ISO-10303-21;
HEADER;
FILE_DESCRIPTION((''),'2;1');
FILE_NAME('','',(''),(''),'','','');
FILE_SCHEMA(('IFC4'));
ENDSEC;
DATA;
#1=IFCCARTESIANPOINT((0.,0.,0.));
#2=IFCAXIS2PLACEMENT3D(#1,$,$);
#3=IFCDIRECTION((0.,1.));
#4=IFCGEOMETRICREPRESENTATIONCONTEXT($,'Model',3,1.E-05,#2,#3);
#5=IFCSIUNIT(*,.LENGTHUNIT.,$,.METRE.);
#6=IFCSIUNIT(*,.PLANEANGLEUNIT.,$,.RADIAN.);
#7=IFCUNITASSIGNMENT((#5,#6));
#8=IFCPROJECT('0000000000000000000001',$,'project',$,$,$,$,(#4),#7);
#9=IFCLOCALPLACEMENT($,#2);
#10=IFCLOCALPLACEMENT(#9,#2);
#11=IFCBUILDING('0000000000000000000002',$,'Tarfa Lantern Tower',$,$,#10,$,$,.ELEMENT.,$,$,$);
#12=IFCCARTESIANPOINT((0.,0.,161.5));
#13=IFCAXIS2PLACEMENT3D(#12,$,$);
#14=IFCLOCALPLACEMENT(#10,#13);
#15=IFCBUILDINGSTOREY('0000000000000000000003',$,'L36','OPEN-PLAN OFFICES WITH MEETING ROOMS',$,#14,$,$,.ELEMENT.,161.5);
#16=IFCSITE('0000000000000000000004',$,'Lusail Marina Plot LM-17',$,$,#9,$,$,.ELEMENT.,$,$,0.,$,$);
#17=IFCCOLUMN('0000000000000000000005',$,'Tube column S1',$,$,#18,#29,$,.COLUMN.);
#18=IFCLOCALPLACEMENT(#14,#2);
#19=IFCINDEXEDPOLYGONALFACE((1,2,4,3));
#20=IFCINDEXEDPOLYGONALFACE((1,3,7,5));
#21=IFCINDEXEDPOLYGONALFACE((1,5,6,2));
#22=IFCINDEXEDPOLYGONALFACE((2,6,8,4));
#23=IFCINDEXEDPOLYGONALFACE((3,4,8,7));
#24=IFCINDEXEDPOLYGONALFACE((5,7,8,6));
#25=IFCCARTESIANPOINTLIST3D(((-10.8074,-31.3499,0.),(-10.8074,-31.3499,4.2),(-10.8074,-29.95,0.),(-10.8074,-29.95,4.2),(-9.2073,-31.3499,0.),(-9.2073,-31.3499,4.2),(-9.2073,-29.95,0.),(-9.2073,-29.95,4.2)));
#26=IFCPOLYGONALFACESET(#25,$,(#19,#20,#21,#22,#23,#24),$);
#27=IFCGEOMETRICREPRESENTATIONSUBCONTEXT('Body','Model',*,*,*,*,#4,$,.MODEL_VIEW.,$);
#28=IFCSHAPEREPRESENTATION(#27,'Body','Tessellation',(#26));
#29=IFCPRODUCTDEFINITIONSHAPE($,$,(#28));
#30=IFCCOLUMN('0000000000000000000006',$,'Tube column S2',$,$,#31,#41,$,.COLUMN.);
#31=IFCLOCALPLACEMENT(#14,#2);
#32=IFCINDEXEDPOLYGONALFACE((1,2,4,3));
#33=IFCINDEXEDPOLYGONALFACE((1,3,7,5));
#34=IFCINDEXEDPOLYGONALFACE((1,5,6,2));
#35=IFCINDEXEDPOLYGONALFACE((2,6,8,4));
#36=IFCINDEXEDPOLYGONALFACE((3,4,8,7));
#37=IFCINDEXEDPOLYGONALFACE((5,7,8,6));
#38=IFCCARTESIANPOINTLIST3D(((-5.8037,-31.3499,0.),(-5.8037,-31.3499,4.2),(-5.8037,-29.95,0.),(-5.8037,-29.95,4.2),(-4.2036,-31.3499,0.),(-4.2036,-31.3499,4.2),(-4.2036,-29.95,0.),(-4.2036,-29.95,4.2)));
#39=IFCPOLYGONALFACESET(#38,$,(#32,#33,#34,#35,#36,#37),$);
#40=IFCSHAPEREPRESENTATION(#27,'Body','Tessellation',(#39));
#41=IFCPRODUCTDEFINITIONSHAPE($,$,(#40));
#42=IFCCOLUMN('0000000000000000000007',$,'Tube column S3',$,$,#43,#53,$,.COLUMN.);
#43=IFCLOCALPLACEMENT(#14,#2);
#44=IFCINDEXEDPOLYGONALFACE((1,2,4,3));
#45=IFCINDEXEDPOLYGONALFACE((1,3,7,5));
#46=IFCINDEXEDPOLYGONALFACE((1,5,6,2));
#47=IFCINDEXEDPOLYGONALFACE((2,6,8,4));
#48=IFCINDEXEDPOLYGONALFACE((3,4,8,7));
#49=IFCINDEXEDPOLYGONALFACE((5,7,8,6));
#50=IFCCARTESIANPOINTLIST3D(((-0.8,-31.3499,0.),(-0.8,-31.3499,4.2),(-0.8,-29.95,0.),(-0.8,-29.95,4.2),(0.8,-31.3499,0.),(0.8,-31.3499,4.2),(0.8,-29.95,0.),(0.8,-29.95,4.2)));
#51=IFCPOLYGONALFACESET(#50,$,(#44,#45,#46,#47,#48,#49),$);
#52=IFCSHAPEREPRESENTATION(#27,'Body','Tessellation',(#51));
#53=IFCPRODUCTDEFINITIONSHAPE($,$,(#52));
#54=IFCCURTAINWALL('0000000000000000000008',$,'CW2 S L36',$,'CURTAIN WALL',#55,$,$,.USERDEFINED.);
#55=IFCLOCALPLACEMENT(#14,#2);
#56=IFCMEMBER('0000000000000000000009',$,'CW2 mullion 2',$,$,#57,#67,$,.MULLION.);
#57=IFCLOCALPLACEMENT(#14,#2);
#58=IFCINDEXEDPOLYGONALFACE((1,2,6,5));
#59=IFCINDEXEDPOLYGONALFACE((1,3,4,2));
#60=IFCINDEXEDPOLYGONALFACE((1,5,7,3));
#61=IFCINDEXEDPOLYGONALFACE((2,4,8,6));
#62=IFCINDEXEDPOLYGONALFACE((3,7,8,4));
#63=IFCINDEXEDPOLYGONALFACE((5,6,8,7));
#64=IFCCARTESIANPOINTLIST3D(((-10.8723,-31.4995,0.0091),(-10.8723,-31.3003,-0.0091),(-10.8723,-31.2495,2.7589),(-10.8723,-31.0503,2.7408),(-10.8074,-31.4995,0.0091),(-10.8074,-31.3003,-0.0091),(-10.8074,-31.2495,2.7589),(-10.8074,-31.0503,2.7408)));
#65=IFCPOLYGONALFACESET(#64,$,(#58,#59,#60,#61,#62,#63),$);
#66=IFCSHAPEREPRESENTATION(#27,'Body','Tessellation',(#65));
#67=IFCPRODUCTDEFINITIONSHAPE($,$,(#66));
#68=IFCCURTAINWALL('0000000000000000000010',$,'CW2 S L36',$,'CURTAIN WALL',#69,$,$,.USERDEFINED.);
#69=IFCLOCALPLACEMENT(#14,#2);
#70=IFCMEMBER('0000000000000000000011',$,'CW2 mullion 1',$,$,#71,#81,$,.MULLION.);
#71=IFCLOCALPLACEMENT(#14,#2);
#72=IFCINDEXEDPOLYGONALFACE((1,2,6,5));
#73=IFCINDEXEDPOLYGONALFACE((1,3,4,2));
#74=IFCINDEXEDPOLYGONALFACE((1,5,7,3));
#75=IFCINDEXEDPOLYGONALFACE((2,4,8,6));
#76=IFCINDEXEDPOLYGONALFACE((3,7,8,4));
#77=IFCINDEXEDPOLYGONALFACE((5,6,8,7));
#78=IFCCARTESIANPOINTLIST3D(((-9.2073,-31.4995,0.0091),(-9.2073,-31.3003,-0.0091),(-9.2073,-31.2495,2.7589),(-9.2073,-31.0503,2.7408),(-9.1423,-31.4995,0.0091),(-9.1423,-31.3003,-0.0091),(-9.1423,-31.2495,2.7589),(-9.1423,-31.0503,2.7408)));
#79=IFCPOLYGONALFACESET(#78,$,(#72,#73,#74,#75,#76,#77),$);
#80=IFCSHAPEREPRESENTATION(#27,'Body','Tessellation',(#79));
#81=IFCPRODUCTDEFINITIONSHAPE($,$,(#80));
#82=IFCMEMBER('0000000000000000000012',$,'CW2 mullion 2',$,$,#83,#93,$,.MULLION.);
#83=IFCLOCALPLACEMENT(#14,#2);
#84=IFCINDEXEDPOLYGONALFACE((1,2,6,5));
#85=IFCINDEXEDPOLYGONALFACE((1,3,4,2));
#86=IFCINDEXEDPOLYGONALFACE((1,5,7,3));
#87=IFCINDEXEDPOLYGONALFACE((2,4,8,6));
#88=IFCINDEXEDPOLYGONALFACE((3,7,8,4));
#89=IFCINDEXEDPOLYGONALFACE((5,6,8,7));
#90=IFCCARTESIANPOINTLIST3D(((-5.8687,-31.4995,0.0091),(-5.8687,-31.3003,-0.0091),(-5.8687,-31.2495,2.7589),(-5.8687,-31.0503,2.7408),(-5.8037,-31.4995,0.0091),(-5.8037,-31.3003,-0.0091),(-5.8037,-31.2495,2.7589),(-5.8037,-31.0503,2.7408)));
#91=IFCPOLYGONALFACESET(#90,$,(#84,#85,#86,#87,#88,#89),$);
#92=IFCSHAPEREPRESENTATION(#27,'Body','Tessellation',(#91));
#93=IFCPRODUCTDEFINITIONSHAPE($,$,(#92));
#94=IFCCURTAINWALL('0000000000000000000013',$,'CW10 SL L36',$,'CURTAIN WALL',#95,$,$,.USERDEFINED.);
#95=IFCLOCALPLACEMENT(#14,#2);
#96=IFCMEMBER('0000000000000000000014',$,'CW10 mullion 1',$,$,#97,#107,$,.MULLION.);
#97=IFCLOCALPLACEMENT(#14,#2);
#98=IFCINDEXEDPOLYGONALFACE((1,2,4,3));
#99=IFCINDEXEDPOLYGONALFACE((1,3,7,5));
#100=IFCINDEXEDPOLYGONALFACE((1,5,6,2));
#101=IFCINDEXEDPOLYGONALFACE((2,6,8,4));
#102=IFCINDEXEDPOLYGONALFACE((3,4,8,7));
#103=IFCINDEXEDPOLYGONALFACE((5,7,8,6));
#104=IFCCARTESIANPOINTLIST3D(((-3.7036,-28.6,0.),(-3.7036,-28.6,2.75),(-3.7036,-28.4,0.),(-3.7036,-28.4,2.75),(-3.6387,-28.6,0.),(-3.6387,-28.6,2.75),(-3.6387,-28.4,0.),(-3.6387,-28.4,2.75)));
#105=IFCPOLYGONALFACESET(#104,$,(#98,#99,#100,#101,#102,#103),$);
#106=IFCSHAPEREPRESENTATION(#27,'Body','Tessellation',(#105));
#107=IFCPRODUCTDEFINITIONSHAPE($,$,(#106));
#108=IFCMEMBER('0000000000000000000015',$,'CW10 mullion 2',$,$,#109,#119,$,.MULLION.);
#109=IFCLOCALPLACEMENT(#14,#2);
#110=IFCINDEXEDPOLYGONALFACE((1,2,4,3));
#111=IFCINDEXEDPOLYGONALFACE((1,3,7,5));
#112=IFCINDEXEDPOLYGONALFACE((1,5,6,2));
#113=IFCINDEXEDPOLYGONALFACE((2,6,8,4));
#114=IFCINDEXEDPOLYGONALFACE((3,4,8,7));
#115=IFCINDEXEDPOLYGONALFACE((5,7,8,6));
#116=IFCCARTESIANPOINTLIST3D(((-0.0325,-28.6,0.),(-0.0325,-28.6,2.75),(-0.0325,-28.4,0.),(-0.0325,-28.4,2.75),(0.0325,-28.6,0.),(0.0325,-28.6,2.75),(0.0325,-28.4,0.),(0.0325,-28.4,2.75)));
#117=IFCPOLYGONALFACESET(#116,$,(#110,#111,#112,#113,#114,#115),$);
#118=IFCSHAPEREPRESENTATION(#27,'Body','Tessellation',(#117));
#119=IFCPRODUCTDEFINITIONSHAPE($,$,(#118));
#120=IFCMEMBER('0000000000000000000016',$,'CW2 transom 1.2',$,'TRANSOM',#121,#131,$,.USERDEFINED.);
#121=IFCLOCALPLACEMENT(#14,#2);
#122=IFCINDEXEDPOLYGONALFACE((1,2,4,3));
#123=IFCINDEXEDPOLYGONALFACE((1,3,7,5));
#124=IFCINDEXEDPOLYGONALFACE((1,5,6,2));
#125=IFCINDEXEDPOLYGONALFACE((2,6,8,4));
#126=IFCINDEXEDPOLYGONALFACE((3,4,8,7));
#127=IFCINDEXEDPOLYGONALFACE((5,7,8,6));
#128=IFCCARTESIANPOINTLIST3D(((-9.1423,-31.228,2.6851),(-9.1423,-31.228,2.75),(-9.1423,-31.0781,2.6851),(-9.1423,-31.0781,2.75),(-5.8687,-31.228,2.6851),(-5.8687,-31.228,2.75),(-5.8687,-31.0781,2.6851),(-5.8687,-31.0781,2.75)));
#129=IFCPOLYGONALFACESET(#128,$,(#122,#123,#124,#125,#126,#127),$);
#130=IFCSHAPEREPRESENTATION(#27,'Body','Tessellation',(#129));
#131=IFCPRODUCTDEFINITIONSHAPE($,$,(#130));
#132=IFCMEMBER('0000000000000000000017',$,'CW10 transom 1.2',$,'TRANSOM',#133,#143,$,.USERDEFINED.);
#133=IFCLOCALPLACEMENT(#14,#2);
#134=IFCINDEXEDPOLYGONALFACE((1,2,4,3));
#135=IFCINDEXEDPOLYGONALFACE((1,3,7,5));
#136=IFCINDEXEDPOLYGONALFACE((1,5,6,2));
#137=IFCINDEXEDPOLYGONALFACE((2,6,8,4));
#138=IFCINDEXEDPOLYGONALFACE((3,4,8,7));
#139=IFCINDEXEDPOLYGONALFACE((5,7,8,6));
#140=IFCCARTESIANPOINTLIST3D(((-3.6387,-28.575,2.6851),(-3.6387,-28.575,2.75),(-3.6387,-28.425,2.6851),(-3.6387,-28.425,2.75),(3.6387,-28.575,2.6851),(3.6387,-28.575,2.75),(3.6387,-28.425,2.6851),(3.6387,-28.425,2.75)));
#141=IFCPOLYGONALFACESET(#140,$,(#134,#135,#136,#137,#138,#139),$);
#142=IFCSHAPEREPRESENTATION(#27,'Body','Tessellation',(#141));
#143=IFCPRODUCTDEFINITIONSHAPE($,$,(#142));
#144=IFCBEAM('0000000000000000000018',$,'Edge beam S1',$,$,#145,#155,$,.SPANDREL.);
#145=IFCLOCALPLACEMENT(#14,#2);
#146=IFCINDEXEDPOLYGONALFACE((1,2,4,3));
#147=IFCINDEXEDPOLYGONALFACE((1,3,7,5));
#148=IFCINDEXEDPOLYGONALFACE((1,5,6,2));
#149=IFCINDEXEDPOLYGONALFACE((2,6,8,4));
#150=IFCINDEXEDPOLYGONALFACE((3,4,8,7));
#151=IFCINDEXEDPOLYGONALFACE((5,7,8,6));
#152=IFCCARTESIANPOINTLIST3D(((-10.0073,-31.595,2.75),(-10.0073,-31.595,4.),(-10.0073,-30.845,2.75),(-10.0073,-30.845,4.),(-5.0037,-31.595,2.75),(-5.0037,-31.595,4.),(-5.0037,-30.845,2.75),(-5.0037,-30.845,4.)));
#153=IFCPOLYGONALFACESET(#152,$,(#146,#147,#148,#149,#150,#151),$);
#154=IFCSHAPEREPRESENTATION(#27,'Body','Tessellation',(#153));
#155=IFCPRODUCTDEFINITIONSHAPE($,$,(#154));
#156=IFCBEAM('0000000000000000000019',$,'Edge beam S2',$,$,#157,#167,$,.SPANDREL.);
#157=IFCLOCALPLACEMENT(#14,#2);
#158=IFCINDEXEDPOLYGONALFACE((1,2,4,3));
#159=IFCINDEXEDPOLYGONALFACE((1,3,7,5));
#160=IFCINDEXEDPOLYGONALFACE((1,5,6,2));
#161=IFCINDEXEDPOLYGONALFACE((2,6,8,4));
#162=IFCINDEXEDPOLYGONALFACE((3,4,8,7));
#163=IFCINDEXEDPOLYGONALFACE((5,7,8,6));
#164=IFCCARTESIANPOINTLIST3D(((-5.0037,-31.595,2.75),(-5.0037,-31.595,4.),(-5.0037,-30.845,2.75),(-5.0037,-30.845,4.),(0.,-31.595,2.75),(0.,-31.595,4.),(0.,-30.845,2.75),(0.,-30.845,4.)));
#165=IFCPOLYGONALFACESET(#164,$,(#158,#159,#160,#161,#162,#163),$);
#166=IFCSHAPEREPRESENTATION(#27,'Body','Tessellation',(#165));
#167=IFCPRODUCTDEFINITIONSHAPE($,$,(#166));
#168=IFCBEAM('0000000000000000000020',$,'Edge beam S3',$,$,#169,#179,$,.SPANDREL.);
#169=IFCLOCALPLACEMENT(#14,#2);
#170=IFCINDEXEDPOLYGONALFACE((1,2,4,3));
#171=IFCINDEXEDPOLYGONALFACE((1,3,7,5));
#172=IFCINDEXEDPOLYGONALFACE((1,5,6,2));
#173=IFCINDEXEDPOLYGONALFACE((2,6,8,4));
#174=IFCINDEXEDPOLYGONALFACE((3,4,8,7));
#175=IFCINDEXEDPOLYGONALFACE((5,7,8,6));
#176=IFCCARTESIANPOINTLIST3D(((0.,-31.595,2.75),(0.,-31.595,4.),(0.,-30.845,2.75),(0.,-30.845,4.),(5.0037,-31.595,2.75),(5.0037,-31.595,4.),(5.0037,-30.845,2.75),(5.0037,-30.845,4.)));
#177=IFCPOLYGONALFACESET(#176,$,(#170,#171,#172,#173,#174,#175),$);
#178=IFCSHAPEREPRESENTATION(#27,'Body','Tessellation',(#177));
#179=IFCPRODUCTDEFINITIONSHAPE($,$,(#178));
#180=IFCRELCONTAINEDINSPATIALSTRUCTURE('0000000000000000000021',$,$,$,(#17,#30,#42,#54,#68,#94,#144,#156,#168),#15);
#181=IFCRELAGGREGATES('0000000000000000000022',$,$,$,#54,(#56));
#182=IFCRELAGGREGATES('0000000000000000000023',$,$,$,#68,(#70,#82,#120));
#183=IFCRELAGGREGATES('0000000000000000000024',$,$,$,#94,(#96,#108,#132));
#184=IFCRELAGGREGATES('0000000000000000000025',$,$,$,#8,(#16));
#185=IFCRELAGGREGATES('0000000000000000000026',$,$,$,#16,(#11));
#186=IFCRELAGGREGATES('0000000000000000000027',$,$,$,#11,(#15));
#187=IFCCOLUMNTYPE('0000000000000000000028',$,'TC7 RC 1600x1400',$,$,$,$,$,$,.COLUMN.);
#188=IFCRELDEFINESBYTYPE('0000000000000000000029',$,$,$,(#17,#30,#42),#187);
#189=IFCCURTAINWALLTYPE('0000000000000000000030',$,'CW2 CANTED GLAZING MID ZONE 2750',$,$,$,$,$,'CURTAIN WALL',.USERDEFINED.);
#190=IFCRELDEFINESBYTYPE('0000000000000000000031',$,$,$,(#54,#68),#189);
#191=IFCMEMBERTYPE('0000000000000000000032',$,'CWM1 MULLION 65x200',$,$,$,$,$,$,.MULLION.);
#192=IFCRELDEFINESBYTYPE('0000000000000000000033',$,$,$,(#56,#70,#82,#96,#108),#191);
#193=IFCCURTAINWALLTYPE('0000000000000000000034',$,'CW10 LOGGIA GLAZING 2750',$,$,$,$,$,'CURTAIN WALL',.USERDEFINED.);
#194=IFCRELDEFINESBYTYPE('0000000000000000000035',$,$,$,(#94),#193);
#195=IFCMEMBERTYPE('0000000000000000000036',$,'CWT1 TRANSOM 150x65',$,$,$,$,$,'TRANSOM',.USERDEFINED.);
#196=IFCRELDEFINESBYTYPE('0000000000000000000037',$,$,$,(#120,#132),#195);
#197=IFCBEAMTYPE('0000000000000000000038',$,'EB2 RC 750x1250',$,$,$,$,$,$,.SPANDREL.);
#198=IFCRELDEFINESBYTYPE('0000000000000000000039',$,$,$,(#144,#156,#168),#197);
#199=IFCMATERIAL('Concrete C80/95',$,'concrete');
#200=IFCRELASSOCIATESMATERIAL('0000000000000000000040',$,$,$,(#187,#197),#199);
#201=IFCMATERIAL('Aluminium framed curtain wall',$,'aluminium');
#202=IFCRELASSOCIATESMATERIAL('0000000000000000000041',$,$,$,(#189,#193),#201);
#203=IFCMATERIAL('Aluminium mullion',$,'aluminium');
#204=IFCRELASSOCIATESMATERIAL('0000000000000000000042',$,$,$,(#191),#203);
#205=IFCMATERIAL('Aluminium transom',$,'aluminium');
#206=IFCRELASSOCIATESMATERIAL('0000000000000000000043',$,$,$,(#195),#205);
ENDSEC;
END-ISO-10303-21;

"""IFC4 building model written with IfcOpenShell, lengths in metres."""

from ifc_helpers import new_model, si_unit, direction, frame, origin, origin_2d, place, context, subcontext, project, spatial, rectangle, extrude, material, material_profile, profile_set, type_object, element, aggregate, save


model = new_model("IFC4")

# Units and contexts
model_context = context("Model", 3, precision=1e-05, world=origin(), true_north=direction((0.0, 1.0)))
body_context = subcontext(model_context, "Body", "Model", "MODEL_VIEW")
ifc_project = project(units=[si_unit("LENGTHUNIT", "METRE"), si_unit("PLANEANGLEUNIT", "RADIAN")], contexts=[model_context])

# Site, building, storey
site_placement = place(None, origin())
site = spatial("IfcSite", under=ifc_project, at=site_placement, Name="Lusail Marina Plot LM-17", CompositionType="ELEMENT", RefElevation=0.0)
building_placement = place(site_placement, origin())
building = spatial("IfcBuilding", under=site, at=building_placement, Name="Tarfa Lantern Tower", CompositionType="ELEMENT")
storey_placement = place(building_placement, frame((0.0, 0.0, 161.5)))
storey = spatial("IfcBuildingStorey", under=building, at=storey_placement, Name="L36", Description="OPEN-PLAN OFFICES WITH MEETING ROOMS", CompositionType="ELEMENT", Elevation=161.5)

# Columns
ifc_material_1 = material(Name="Concrete C80/95", Category="concrete")
ifc_material_profile_1 = material_profile(ifc_material_1, rectangle(XDim=1.6001, YDim=1.3999, at=origin_2d()), Name="RC 1600x1400")
ifc_profile_set_1 = profile_set([ifc_material_profile_1], Name="Concrete C80/95")
column_type = type_object("IfcColumnType", Name="TC7 RC 1600x1400", PredefinedType="COLUMN", material=ifc_profile_set_1)
for number, where, z_axis, x_axis, name in (
    (1, (-10.0073, -30.6499, 0.0), (0.0, 0.0, 1.0), (1.0, 0.0, 0.0), "Tube column S1"),
    (2, (-5.0037, -30.6499, 0.0), (0.0, 0.0, 1.0), (1.0, 0.0, 0.0), "Tube column S2"),
    (3, (0.0, -30.6499, 0.0), (0.0, 0.0, 1.0), (1.0, 0.0, 0.0), "Tube column S3"),
):
    element("IfcColumn", number, at=place(storey_placement, frame(where, z_axis=z_axis, x_axis=x_axis)), inside=storey, type_object=column_type, Name=name, PredefinedType="COLUMN", context=body_context, shape_type="SweptSolid", body=[
        extrude(rectangle(XDim=1.6001, YDim=1.3999, at=origin_2d()), origin(), (0.0, 0.0, 1.0), 4.2),
    ])

# Curtain wall, member
ifc_material_2 = material(Name="Aluminium framed curtain wall", Category="aluminium")
curtain_wall_type_1 = type_object("IfcCurtainWallType", Name="CW2 CANTED GLAZING MID ZONE 2750", ElementType="CURTAIN WALL", PredefinedType="USERDEFINED", material=ifc_material_2)
curtain_wall_1_placement = place(storey_placement, origin())
curtain_wall_1 = element("IfcCurtainWall", 4, at=curtain_wall_1_placement, inside=storey, type_object=curtain_wall_type_1, Name="CW2 S L36", ObjectType="CURTAIN WALL", PredefinedType="USERDEFINED")
ifc_material_3 = material(Name="Aluminium mullion", Category="aluminium")
ifc_material_profile_2 = material_profile(ifc_material_3, rectangle(XDim=0.0649, YDim=0.2, at=origin_2d()), Name="AL MULLION 65x200")
ifc_profile_set_2 = profile_set([ifc_material_profile_2], Name="Aluminium mullion")
member_type_1 = type_object("IfcMemberType", Name="CWM1 MULLION 65x200", PredefinedType="MULLION", material=ifc_profile_set_2)
member_1_placement = place(storey_placement, frame((-10.8398, -31.3999, 0.0), z_axis=(0.0, 0.090536, 0.995893), x_axis=(-1.0, 0.0, 0.0)))
member_1 = element("IfcMember", 5, at=member_1_placement, type_object=member_type_1, Name="CW2 mullion 2", PredefinedType="MULLION", context=body_context, shape_type="SweptSolid", body=[
    extrude(rectangle(XDim=0.0649, YDim=0.2, at=origin_2d()), origin(), (0.0, 0.0, 1.0), 2.7612),
])
aggregate(curtain_wall_1, [member_1])

# Curtain walls, members
curtain_wall_2_placement = place(storey_placement, origin())
curtain_wall_2 = element("IfcCurtainWall", 6, at=curtain_wall_2_placement, inside=storey, type_object=curtain_wall_type_1, Name="CW2 S L36", ObjectType="CURTAIN WALL", PredefinedType="USERDEFINED")
member_2_placement = place(storey_placement, frame((-9.1748, -31.3999, 0.0), z_axis=(0.0, 0.090536, 0.995893), x_axis=(-1.0, 0.0, 0.0)))
member_2 = element("IfcMember", 7, at=member_2_placement, type_object=member_type_1, Name="CW2 mullion 1", PredefinedType="MULLION", context=body_context, shape_type="SweptSolid", body=[
    extrude(rectangle(XDim=0.0649, YDim=0.2, at=origin_2d()), origin(), (0.0, 0.0, 1.0), 2.7612),
])
member_3_placement = place(storey_placement, frame((-5.8362, -31.3999, 0.0), z_axis=(0.0, 0.090536, 0.995893), x_axis=(-1.0, 0.0, 0.0)))
member_3 = element("IfcMember", 8, at=member_3_placement, type_object=member_type_1, Name="CW2 mullion 2", PredefinedType="MULLION", context=body_context, shape_type="SweptSolid", body=[
    extrude(rectangle(XDim=0.0649, YDim=0.2, at=origin_2d()), origin(), (0.0, 0.0, 1.0), 2.7612),
])
curtain_wall_type_2 = type_object("IfcCurtainWallType", Name="CW10 LOGGIA GLAZING 2750", ElementType="CURTAIN WALL", PredefinedType="USERDEFINED", material=ifc_material_2)
curtain_wall_3_placement = place(storey_placement, origin())
curtain_wall_3 = element("IfcCurtainWall", 9, at=curtain_wall_3_placement, inside=storey, type_object=curtain_wall_type_2, Name="CW10 SL L36", ObjectType="CURTAIN WALL", PredefinedType="USERDEFINED")
member_4_placement = place(storey_placement, frame((-3.6711, -28.5, 0.0), z_axis=(0.0, 0.0, 1.0), x_axis=(1.0, 0.0, 0.0)))
member_4 = element("IfcMember", 10, at=member_4_placement, type_object=member_type_1, Name="CW10 mullion 1", PredefinedType="MULLION", context=body_context, shape_type="SweptSolid", body=[
    extrude(rectangle(XDim=0.0649, YDim=0.2, at=origin_2d()), origin(), (0.0, 0.0, 1.0), 2.75),
])
member_5_placement = place(storey_placement, frame((0.0, -28.5, 0.0), z_axis=(0.0, 0.0, 1.0), x_axis=(1.0, 0.0, 0.0)))
member_5 = element("IfcMember", 11, at=member_5_placement, type_object=member_type_1, Name="CW10 mullion 2", PredefinedType="MULLION", context=body_context, shape_type="SweptSolid", body=[
    extrude(rectangle(XDim=0.0649, YDim=0.2, at=origin_2d()), origin(), (0.0, 0.0, 1.0), 2.75),
])

# Members
ifc_material_4 = material(Name="Aluminium transom", Category="aluminium")
ifc_material_profile_3 = material_profile(ifc_material_4, rectangle(XDim=0.1499, YDim=0.0649, at=origin_2d()), Name="AL TRANSOM 150x65")
ifc_profile_set_3 = profile_set([ifc_material_profile_3], Name="Aluminium transom")
member_type_2 = type_object("IfcMemberType", Name="CWT1 TRANSOM 150x65", ElementType="TRANSOM", PredefinedType="USERDEFINED", material=ifc_profile_set_3)
member_6_placement = place(storey_placement, frame((-9.1423, -31.1531, 2.7175), z_axis=(1.0, 0.0, 0.0), x_axis=(0.0, 1.0, 0.0)))
member_6 = element("IfcMember", 12, at=member_6_placement, type_object=member_type_2, Name="CW2 transom 1.2", ObjectType="TRANSOM", PredefinedType="USERDEFINED", context=body_context, shape_type="SweptSolid", body=[
    extrude(rectangle(XDim=0.1499, YDim=0.0649, at=origin_2d()), origin(), (0.0, 0.0, 1.0), 3.2737),
])
member_7_placement = place(storey_placement, frame((-3.6387, -28.5, 2.7175), z_axis=(1.0, 0.0, 0.0), x_axis=(0.0, 1.0, 0.0)))
member_7 = element("IfcMember", 13, at=member_7_placement, type_object=member_type_2, Name="CW10 transom 1.2", ObjectType="TRANSOM", PredefinedType="USERDEFINED", context=body_context, shape_type="SweptSolid", body=[
    extrude(rectangle(XDim=0.1499, YDim=0.0649, at=origin_2d()), origin(), (0.0, 0.0, 1.0), 7.2773),
])

# Beams
ifc_material_profile_4 = material_profile(ifc_material_1, rectangle(XDim=0.75, YDim=1.25, at=origin_2d()), Name="RC 750x1250")
ifc_profile_set_4 = profile_set([ifc_material_profile_4], Name="Concrete C80/95")
beam_type_1 = type_object("IfcBeamType", Name="EB2 RC 750x1250", PredefinedType="SPANDREL", material=ifc_profile_set_4)
for number, where, z_axis, x_axis, name in (
    (14, (-10.0073, -31.22, 3.375), (1.0, 0.0, 0.0), (0.0, 1.0, 0.0), "Edge beam S1"),
    (15, (-5.0037, -31.22, 3.375), (1.0, 0.0, 0.0), (0.0, 1.0, 0.0), "Edge beam S2"),
    (16, (0.0, -31.22, 3.375), (1.0, 0.0, 0.0), (0.0, 1.0, 0.0), "Edge beam S3"),
):
    element("IfcBeam", number, at=place(storey_placement, frame(where, z_axis=z_axis, x_axis=x_axis)), inside=storey, type_object=beam_type_1, Name=name, PredefinedType="SPANDREL", context=body_context, shape_type="SweptSolid", body=[
        extrude(rectangle(XDim=0.75, YDim=1.25, at=origin_2d()), origin(), (0.0, 0.0, 1.0), 5.0037),
    ])

aggregate(curtain_wall_2, [member_2, member_3, member_6])
aggregate(curtain_wall_3, [member_4, member_5, member_7])

save(model, "model.ifc")
